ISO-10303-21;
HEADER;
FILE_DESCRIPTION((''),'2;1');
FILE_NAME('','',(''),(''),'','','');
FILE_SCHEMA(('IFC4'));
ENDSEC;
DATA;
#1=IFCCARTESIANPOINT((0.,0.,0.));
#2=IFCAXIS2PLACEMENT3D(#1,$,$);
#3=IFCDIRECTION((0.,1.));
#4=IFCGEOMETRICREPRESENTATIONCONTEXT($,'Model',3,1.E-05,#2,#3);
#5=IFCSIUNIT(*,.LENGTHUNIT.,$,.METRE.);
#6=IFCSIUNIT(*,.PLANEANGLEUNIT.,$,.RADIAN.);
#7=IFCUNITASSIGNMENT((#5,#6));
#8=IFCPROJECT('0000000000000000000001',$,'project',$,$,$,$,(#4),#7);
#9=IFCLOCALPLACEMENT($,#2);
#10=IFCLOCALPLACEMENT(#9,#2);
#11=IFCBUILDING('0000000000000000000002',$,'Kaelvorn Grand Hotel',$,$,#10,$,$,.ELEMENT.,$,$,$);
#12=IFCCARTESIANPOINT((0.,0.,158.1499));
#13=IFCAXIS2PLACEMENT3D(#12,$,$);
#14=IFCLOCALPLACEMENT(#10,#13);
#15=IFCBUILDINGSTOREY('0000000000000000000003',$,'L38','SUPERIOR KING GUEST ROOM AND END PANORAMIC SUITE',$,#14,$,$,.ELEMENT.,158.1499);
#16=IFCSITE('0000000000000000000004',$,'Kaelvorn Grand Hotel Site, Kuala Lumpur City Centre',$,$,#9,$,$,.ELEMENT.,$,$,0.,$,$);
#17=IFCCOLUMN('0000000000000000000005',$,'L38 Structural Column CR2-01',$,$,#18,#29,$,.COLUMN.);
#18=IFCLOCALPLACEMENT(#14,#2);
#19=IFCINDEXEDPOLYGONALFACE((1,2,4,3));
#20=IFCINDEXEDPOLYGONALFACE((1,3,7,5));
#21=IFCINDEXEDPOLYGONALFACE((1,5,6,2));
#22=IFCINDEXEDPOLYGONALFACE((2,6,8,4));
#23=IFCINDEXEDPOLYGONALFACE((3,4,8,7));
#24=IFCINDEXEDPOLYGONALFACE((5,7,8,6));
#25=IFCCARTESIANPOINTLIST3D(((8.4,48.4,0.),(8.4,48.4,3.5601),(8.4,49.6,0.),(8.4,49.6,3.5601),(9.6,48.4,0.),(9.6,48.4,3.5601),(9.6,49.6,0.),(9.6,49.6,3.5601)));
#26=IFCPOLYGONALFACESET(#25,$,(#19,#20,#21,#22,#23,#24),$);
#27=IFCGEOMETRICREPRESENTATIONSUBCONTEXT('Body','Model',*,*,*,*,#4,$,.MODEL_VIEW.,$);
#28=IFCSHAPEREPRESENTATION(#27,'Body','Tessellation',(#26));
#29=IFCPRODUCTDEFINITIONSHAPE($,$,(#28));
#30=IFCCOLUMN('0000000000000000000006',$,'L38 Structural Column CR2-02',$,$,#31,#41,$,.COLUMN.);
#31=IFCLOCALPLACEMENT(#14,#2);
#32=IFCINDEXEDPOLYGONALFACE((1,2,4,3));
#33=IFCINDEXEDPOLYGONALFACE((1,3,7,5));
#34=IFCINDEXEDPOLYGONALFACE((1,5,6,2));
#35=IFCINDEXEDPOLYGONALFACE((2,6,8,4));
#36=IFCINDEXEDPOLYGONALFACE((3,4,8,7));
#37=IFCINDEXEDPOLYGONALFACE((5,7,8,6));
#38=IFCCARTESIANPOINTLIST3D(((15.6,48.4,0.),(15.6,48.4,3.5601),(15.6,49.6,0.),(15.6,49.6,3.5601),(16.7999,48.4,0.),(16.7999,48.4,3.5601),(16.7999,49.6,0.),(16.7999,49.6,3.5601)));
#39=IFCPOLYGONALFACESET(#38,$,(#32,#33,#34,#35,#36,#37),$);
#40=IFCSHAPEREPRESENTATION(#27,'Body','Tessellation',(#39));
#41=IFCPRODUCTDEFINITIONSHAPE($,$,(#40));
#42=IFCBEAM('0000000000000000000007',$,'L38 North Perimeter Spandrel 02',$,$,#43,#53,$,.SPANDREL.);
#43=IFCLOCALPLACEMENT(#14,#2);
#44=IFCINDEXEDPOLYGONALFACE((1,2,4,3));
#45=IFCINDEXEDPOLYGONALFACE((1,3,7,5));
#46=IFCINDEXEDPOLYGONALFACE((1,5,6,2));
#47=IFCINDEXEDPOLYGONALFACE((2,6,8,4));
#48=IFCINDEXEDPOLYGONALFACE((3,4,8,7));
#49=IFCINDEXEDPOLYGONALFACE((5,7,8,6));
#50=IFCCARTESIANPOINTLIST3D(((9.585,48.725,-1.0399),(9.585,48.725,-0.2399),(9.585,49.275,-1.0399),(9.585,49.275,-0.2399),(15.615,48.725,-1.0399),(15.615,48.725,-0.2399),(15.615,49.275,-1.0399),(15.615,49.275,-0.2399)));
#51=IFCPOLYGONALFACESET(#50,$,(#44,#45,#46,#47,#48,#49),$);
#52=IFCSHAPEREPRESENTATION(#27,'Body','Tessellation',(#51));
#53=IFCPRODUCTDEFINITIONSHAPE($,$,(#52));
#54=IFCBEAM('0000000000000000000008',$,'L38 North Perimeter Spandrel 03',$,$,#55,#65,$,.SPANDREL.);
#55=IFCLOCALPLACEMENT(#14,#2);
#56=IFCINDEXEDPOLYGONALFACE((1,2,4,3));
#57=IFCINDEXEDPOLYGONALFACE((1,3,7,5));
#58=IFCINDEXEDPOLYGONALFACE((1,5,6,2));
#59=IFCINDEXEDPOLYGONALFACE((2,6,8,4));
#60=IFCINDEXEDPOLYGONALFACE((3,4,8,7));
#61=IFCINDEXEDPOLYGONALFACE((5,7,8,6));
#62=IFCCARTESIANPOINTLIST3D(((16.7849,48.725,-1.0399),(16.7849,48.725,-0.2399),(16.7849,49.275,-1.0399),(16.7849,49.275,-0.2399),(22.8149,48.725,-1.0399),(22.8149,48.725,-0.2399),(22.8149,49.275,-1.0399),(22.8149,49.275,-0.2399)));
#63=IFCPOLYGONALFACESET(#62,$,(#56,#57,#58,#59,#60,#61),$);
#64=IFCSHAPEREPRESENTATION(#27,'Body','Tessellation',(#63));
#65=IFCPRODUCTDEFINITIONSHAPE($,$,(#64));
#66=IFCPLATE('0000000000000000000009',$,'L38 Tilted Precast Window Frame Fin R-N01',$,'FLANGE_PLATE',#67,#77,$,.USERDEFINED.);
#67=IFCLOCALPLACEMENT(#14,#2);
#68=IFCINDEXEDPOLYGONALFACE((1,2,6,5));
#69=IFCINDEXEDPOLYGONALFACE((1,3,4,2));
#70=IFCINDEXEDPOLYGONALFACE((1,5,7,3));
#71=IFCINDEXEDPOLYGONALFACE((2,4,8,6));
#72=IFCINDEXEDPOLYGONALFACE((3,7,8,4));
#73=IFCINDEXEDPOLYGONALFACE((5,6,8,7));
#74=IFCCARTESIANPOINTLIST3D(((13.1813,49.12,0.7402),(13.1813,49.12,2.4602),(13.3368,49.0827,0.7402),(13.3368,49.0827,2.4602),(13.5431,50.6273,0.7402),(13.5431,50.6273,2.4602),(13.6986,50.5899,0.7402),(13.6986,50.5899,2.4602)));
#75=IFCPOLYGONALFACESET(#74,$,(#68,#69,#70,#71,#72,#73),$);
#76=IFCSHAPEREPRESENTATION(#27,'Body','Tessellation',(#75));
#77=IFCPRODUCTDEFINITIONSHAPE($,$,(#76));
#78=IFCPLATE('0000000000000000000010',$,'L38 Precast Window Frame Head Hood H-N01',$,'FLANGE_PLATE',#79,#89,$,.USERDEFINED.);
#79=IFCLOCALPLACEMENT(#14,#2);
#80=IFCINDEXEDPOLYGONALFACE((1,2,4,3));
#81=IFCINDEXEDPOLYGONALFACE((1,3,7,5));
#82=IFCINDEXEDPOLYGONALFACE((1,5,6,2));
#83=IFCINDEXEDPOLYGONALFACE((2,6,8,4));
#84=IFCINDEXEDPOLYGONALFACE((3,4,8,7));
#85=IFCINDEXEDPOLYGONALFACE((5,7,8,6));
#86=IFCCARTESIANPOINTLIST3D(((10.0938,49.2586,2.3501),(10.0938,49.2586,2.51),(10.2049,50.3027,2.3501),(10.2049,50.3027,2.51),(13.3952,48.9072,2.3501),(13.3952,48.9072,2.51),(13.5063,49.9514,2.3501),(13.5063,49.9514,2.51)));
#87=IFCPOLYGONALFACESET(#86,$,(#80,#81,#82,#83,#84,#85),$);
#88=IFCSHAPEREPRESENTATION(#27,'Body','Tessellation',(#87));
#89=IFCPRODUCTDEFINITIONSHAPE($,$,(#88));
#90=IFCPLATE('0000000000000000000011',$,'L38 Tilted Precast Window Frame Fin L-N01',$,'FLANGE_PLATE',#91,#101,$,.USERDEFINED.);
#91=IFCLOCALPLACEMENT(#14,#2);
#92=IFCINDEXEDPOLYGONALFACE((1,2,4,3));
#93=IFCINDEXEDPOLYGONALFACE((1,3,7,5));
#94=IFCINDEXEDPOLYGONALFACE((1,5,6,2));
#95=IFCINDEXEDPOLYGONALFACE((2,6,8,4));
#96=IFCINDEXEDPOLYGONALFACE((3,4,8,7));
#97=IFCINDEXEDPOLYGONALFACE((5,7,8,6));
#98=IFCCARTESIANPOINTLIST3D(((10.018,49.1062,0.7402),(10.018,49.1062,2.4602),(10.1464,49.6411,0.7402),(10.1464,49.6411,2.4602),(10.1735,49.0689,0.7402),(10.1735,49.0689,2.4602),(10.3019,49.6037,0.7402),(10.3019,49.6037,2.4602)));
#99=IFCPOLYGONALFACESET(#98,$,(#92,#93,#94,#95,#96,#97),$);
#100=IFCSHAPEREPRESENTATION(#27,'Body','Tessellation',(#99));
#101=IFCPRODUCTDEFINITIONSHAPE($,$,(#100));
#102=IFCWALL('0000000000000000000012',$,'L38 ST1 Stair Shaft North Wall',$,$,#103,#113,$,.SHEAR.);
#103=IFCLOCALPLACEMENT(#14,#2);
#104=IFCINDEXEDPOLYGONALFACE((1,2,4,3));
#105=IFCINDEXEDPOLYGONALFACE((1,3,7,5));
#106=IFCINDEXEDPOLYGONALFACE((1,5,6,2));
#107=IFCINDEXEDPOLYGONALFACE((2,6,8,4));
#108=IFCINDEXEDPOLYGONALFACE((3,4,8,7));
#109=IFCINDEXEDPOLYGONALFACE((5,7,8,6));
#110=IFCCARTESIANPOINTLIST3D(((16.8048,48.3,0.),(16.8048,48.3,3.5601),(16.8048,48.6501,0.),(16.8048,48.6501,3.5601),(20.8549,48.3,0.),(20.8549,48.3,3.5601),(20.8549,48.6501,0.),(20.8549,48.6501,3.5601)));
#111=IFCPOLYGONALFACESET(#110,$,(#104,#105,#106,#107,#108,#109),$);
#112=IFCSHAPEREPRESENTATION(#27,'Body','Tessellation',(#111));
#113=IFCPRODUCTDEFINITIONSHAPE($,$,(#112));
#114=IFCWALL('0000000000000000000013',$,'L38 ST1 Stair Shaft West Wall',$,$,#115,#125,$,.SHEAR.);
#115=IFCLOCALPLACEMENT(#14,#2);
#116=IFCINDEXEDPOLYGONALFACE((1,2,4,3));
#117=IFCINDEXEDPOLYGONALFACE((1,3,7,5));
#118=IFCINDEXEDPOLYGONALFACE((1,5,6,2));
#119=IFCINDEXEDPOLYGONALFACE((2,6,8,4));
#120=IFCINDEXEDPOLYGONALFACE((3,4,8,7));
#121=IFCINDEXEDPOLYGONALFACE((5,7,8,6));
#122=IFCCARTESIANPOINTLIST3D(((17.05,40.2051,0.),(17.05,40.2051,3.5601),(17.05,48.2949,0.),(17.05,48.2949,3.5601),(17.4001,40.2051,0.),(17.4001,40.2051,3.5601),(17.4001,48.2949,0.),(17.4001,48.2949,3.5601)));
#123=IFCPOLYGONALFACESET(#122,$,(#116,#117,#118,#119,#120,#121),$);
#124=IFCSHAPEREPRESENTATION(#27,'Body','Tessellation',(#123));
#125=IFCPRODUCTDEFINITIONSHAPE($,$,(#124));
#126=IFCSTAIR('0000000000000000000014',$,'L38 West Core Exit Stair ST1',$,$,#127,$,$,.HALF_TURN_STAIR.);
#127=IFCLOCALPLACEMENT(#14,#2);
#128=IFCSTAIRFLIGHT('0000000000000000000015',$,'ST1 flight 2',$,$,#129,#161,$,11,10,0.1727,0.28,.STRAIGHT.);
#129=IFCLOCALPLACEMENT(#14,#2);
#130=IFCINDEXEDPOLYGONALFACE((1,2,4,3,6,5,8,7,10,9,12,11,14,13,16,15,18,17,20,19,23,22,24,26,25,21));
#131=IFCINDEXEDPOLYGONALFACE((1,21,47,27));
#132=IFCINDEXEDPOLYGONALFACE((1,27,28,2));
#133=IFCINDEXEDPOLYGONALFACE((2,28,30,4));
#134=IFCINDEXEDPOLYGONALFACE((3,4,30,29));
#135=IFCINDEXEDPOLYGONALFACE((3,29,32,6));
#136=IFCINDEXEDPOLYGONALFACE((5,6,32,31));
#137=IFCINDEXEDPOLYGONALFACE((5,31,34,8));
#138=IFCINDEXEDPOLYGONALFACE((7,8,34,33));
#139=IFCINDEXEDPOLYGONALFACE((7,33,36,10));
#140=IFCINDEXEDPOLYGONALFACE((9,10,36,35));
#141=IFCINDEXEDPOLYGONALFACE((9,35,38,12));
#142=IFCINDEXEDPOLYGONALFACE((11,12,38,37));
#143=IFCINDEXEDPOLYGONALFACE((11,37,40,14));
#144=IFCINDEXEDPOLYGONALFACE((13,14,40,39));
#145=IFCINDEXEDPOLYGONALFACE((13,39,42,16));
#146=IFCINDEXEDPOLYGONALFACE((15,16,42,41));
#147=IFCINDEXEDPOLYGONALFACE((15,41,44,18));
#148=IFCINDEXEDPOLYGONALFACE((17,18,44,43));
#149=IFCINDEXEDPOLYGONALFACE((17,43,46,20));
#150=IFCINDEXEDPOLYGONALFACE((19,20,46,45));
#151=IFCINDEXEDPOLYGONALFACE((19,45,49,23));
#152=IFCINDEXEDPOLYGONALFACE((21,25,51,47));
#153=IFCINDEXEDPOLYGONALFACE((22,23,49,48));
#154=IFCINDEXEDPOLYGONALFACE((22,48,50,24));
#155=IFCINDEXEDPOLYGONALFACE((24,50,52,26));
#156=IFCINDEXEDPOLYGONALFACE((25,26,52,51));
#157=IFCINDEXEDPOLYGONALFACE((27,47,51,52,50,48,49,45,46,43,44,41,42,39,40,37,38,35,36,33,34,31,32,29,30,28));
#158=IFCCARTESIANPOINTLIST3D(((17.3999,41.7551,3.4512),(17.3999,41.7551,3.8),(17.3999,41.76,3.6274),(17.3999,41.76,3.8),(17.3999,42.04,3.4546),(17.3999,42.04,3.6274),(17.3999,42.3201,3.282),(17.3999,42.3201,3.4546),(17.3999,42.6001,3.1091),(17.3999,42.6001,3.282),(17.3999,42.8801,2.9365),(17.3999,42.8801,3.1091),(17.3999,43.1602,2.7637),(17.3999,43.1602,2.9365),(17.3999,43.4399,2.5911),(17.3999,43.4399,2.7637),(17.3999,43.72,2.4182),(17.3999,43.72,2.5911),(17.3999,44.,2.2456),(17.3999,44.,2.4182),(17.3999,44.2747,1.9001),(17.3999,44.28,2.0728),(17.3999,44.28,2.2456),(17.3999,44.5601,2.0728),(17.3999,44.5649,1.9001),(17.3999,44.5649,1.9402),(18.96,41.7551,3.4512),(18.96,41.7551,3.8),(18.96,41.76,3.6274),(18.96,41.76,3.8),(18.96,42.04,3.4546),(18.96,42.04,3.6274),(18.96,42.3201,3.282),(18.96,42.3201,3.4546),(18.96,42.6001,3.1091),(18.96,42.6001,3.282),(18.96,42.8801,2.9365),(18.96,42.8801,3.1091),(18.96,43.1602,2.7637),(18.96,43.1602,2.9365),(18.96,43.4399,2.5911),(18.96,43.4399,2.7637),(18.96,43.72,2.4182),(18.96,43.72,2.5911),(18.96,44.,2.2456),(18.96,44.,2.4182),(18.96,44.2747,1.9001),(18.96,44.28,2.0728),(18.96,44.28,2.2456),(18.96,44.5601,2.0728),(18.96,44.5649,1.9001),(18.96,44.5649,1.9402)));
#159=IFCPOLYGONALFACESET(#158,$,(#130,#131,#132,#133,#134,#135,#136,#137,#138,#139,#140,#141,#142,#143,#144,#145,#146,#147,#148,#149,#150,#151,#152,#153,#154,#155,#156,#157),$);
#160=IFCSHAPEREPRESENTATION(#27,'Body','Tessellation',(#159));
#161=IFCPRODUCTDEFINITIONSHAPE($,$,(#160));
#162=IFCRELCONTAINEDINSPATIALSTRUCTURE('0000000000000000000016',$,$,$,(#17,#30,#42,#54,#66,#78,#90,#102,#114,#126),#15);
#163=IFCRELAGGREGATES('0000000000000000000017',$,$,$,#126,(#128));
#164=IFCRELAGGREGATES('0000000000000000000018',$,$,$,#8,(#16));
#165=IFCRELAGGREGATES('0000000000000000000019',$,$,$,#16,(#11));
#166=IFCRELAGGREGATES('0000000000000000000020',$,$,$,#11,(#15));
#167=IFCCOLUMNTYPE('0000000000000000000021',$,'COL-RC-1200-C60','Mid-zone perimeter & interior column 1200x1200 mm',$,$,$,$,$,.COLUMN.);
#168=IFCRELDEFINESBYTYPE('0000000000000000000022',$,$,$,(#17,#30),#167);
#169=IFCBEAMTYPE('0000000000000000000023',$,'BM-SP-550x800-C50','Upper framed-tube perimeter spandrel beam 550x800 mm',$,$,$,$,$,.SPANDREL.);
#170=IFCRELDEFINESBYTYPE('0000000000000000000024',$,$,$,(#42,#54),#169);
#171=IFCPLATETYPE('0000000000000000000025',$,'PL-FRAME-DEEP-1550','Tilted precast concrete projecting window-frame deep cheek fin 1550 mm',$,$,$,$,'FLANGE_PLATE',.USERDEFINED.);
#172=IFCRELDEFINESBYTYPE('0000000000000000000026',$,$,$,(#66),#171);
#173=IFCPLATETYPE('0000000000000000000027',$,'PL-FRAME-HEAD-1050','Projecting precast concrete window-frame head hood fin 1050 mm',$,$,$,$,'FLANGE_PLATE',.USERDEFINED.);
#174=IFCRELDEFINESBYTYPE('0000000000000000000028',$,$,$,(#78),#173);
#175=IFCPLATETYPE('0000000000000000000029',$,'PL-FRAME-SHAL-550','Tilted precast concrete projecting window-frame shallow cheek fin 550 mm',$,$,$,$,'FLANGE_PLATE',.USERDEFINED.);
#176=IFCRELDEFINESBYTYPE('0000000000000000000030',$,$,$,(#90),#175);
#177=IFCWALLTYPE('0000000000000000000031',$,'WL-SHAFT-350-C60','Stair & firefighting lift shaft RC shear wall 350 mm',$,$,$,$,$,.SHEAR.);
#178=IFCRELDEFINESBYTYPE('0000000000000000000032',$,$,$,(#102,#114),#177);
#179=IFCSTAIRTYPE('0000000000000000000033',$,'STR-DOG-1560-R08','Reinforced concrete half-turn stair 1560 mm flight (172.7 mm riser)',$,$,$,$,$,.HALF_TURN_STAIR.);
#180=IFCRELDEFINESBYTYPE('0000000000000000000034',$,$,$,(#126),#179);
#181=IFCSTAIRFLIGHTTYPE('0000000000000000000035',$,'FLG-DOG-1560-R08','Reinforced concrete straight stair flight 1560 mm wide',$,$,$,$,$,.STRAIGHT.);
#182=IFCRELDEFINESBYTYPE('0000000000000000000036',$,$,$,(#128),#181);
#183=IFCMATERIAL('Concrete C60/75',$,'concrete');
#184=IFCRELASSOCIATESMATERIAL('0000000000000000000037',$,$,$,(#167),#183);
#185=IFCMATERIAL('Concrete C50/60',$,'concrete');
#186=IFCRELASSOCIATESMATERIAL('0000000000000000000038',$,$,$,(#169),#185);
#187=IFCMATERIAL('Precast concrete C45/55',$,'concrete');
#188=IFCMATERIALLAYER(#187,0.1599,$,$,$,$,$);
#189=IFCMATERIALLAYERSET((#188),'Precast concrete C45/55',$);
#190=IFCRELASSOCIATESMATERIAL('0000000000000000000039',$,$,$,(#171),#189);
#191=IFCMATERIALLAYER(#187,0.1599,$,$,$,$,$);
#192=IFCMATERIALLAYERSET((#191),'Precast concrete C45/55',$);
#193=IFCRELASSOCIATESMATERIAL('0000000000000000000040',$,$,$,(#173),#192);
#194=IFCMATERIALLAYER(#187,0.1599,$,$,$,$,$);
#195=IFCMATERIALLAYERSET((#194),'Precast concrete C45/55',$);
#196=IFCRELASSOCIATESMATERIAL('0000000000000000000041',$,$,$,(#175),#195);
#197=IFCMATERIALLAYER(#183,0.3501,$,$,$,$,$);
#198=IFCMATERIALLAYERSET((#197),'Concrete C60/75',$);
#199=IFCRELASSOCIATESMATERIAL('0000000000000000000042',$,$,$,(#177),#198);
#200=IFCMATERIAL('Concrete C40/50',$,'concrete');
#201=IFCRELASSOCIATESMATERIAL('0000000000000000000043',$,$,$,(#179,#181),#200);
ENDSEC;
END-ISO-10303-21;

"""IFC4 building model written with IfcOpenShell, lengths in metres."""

from ifc_helpers import new_model, si_unit, direction, frame, frame_2d, origin, origin_2d, place, context, subcontext, project, spatial, polyline, rectangle, outline, extrude, material, layer, layer_set, material_profile, profile_set, type_object, element, aggregate, save


model = new_model("IFC4")

# Units and contexts
model_context = context("Model", 3, precision=1e-05, world=origin(), true_north=direction((0.0, 1.0)))
body_context = subcontext(model_context, "Body", "Model", "MODEL_VIEW")
ifc_project = project(units=[si_unit("LENGTHUNIT", "METRE"), si_unit("PLANEANGLEUNIT", "RADIAN")], contexts=[model_context])

# Site, building, storey
site_placement = place(None, origin())
site = spatial("IfcSite", under=ifc_project, at=site_placement, Name="Kaelvorn Grand Hotel Site, Kuala Lumpur City Centre", CompositionType="ELEMENT", RefElevation=0.0)
building_placement = place(site_placement, origin())
building = spatial("IfcBuilding", under=site, at=building_placement, Name="Kaelvorn Grand Hotel", CompositionType="ELEMENT")
storey_placement = place(building_placement, frame((0.0, 0.0, 158.1499)))
storey = spatial("IfcBuildingStorey", under=building, at=storey_placement, Name="L38", Description="SUPERIOR KING GUEST ROOM AND END PANORAMIC SUITE", CompositionType="ELEMENT", Elevation=158.1499)

# Columns
ifc_material_1 = material(Name="Concrete C60/75", Category="concrete")
ifc_material_profile_1 = material_profile(ifc_material_1, rectangle(XDim=1.2, YDim=1.2, at=origin_2d()), Name="RC COL 1200x1200")
ifc_profile_set_1 = profile_set([ifc_material_profile_1], Name="Concrete C60/75")
column_type = type_object("IfcColumnType", Name="COL-RC-1200-C60", Description="Mid-zone perimeter & interior column 1200x1200 mm", PredefinedType="COLUMN", material=ifc_profile_set_1)
for number, where, z_axis, x_axis, name in (
    (1, (9.0, 49.0, 0.0), (0.0, 0.0, 1.0), (1.0, 0.0, 0.0), "L38 Structural Column CR2-01"),
    (2, (16.2, 49.0, 0.0), (0.0, 0.0, 1.0), (1.0, 0.0, 0.0), "L38 Structural Column CR2-02"),
):
    element("IfcColumn", number, at=place(storey_placement, frame(where, z_axis=z_axis, x_axis=x_axis)), inside=storey, type_object=column_type, Name=name, PredefinedType="COLUMN", context=body_context, shape_type="SweptSolid", body=[
        extrude(rectangle(XDim=1.2, YDim=1.2, at=origin_2d()), origin(), (0.0, 0.0, 1.0), 3.5601),
    ])

# Beams
ifc_material_2 = material(Name="Concrete C50/60", Category="concrete")
ifc_material_profile_2 = material_profile(ifc_material_2, rectangle(XDim=0.55, YDim=0.8, at=origin_2d()), Name="RC SPANDREL 550x800")
ifc_profile_set_2 = profile_set([ifc_material_profile_2], Name="Concrete C50/60")
beam_type = type_object("IfcBeamType", Name="BM-SP-550x800-C50", Description="Upper framed-tube perimeter spandrel beam 550x800 mm", PredefinedType="SPANDREL", material=ifc_profile_set_2)
for number, where, z_axis, x_axis, name in (
    (3, (9.585, 49.0, -0.6399), (1.0, 0.0, 0.0), (0.0, 1.0, 0.0), "L38 North Perimeter Spandrel 02"),
    (4, (16.7849, 49.0, -0.6399), (1.0, 0.0, 0.0), (0.0, 1.0, 0.0), "L38 North Perimeter Spandrel 03"),
):
    element("IfcBeam", number, at=place(storey_placement, frame(where, z_axis=z_axis, x_axis=x_axis)), inside=storey, type_object=beam_type, Name=name, PredefinedType="SPANDREL", context=body_context, shape_type="SweptSolid", body=[
        extrude(rectangle(XDim=0.55, YDim=0.8, at=origin_2d()), origin(), (0.0, 0.0, 1.0), 6.03),
    ])

# Plates
ifc_material_3 = material(Name="Precast concrete C45/55", Category="concrete")
ifc_layer_1 = layer(ifc_material_3, 0.1599)
ifc_layer_set_1 = layer_set([ifc_layer_1], Name="Precast concrete C45/55")
plate_type_1 = type_object("IfcPlateType", Name="PL-FRAME-DEEP-1550", Description="Tilted precast concrete projecting window-frame deep cheek fin 1550 mm", ElementType="FLANGE_PLATE", PredefinedType="USERDEFINED", material=ifc_layer_set_1)
plate_1_placement = place(storey_placement, frame((13.4399, 49.855, 0.7402), z_axis=(0.0, 0.0, 1.0), x_axis=(0.97237, -0.233445, 0.0)))
element("IfcPlate", 5, at=plate_1_placement, inside=storey, type_object=plate_type_1, Name="L38 Tilted Precast Window Frame Fin R-N01", ObjectType="FLANGE_PLATE", PredefinedType="USERDEFINED", context=body_context, shape_type="SweptSolid", body=[
    extrude(rectangle(XDim=0.1599, YDim=1.55, at=origin_2d()), origin(), (0.0, 0.0, 1.0), 1.72),
])
ifc_layer_2 = layer(ifc_material_3, 0.1599)
ifc_layer_set_2 = layer_set([ifc_layer_2], Name="Precast concrete C45/55")
plate_type_2 = type_object("IfcPlateType", Name="PL-FRAME-HEAD-1050", Description="Projecting precast concrete window-frame head hood fin 1050 mm", ElementType="FLANGE_PLATE", PredefinedType="USERDEFINED", material=ifc_layer_set_2)
plate_2_placement = place(storey_placement, frame((11.8, 49.605, 2.3501), z_axis=(0.0, 0.0, 1.0), x_axis=(0.994384, -0.10583, 0.0)))
element("IfcPlate", 6, at=plate_2_placement, inside=storey, type_object=plate_type_2, Name="L38 Precast Window Frame Head Hood H-N01", ObjectType="FLANGE_PLATE", PredefinedType="USERDEFINED", context=body_context, shape_type="SweptSolid", body=[
    extrude(rectangle(XDim=3.3201, YDim=1.05, at=origin_2d()), origin(), (0.0, 0.0, 1.0), 0.1599),
])
ifc_layer_3 = layer(ifc_material_3, 0.1599)
ifc_layer_set_3 = layer_set([ifc_layer_3], Name="Precast concrete C45/55")
plate_type_3 = type_object("IfcPlateType", Name="PL-FRAME-SHAL-550", Description="Tilted precast concrete projecting window-frame shallow cheek fin 550 mm", ElementType="FLANGE_PLATE", PredefinedType="USERDEFINED", material=ifc_layer_set_3)
plate_3_placement = place(storey_placement, frame((10.1599, 49.355, 0.7402), z_axis=(0.0, 0.0, 1.0), x_axis=(0.97237, -0.233445, 0.0)))
element("IfcPlate", 7, at=plate_3_placement, inside=storey, type_object=plate_type_3, Name="L38 Tilted Precast Window Frame Fin L-N01", ObjectType="FLANGE_PLATE", PredefinedType="USERDEFINED", context=body_context, shape_type="SweptSolid", body=[
    extrude(rectangle(XDim=0.1599, YDim=0.55, at=origin_2d()), origin(), (0.0, 0.0, 1.0), 1.72),
])

# Shared definitions
ifc_layer_4 = layer(ifc_material_1, 0.3501)
ifc_layer_set_4 = layer_set([ifc_layer_4], Name="Concrete C60/75")
wall_type = type_object("IfcWallType", Name="WL-SHAFT-350-C60", Description="Stair & firefighting lift shaft RC shear wall 350 mm", PredefinedType="SHEAR", material=ifc_layer_set_4)

# Walls
wall_1_placement = place(storey_placement, frame((16.8049, 48.4751, 0.0), z_axis=(0.0, 0.0, 1.0), x_axis=(1.0, 0.0, 0.0)))
element("IfcWall", 8, at=wall_1_placement, inside=storey, type_object=wall_type, Name="L38 ST1 Stair Shaft North Wall", PredefinedType="SHEAR", context=body_context, shape_type="SweptSolid", body=[
    extrude(rectangle(XDim=4.05, YDim=0.3501, at=frame_2d((2.0249, 0.0))), origin(), (0.0, 0.0, 1.0), 3.5601),
])
wall_2_placement = place(storey_placement, frame((17.2251, 40.2051, 0.0), z_axis=(0.0, 0.0, 1.0), x_axis=(0.0, 1.0, 0.0)))
element("IfcWall", 9, at=wall_2_placement, inside=storey, type_object=wall_type, Name="L38 ST1 Stair Shaft West Wall", PredefinedType="SHEAR", context=body_context, shape_type="SweptSolid", body=[
    extrude(rectangle(XDim=8.0898, YDim=0.3501, at=frame_2d((4.0449, 0.0))), origin(), (0.0, 0.0, 1.0), 3.5601),
])

# Stair, stair flight
ifc_material_4 = material(Name="Concrete C40/50", Category="concrete")
stair_type = type_object("IfcStairType", Name="STR-DOG-1560-R08", Description="Reinforced concrete half-turn stair 1560 mm flight (172.7 mm riser)", PredefinedType="HALF_TURN_STAIR", material=ifc_material_4)
stair_placement = place(storey_placement, origin())
stair = element("IfcStair", 10, at=stair_placement, inside=storey, type_object=stair_type, Name="L38 West Core Exit Stair ST1", PredefinedType="HALF_TURN_STAIR")
stair_flight_type = type_object("IfcStairFlightType", Name="FLG-DOG-1560-R08", Description="Reinforced concrete straight stair flight 1560 mm wide", PredefinedType="STRAIGHT", material=ifc_material_4)
stair_flight_placement = place(storey_placement, frame((18.1799, 44.5601, 1.9001), z_axis=(0.0, 0.0, 1.0), x_axis=(0.0, -1.0, 0.0)))
stair_flight = element("IfcStairFlight", 11, at=stair_flight_placement, type_object=stair_flight_type, Name="ST1 flight 2", NumberOfRisers=11, NumberOfTreads=10, PredefinedType="STRAIGHT", RiserHeight=0.1727, TreadLength=0.28, context=body_context, shape_type="SweptSolid", body=[
    extrude(outline(polyline([(-0.0049, 0.0), (-0.0049, 0.04), (0.0, 0.1726), (0.28, 0.1726), (0.28, 0.3455), (0.5601, 0.3455), (0.5601, 0.5181), (0.8401, 0.5181), (0.8401, 0.6909), (1.1201, 0.6909), (1.1201, 0.8635), (1.3999, 0.8635), (1.3999, 1.0364), (1.6799, 1.0364), (1.6799, 1.209), (1.96, 1.209), (1.96, 1.3818), (2.24, 1.3818), (2.24, 1.5544), (2.52, 1.5544), (2.52, 1.7273), (2.8, 1.7273), (2.8, 1.8999), (2.8049, 1.8999), (2.8049, 1.551), (0.2854, 0.0), (-0.0049, 0.0)])), frame((0.0, 0.78, 0.0), z_axis=(0.0, -1.0, 0.0), x_axis=(1.0, 0.0, 0.0)), (0.0, 0.0, 1.0), 1.5601),
])
aggregate(stair, [stair_flight])

save(model, "model.ifc")
